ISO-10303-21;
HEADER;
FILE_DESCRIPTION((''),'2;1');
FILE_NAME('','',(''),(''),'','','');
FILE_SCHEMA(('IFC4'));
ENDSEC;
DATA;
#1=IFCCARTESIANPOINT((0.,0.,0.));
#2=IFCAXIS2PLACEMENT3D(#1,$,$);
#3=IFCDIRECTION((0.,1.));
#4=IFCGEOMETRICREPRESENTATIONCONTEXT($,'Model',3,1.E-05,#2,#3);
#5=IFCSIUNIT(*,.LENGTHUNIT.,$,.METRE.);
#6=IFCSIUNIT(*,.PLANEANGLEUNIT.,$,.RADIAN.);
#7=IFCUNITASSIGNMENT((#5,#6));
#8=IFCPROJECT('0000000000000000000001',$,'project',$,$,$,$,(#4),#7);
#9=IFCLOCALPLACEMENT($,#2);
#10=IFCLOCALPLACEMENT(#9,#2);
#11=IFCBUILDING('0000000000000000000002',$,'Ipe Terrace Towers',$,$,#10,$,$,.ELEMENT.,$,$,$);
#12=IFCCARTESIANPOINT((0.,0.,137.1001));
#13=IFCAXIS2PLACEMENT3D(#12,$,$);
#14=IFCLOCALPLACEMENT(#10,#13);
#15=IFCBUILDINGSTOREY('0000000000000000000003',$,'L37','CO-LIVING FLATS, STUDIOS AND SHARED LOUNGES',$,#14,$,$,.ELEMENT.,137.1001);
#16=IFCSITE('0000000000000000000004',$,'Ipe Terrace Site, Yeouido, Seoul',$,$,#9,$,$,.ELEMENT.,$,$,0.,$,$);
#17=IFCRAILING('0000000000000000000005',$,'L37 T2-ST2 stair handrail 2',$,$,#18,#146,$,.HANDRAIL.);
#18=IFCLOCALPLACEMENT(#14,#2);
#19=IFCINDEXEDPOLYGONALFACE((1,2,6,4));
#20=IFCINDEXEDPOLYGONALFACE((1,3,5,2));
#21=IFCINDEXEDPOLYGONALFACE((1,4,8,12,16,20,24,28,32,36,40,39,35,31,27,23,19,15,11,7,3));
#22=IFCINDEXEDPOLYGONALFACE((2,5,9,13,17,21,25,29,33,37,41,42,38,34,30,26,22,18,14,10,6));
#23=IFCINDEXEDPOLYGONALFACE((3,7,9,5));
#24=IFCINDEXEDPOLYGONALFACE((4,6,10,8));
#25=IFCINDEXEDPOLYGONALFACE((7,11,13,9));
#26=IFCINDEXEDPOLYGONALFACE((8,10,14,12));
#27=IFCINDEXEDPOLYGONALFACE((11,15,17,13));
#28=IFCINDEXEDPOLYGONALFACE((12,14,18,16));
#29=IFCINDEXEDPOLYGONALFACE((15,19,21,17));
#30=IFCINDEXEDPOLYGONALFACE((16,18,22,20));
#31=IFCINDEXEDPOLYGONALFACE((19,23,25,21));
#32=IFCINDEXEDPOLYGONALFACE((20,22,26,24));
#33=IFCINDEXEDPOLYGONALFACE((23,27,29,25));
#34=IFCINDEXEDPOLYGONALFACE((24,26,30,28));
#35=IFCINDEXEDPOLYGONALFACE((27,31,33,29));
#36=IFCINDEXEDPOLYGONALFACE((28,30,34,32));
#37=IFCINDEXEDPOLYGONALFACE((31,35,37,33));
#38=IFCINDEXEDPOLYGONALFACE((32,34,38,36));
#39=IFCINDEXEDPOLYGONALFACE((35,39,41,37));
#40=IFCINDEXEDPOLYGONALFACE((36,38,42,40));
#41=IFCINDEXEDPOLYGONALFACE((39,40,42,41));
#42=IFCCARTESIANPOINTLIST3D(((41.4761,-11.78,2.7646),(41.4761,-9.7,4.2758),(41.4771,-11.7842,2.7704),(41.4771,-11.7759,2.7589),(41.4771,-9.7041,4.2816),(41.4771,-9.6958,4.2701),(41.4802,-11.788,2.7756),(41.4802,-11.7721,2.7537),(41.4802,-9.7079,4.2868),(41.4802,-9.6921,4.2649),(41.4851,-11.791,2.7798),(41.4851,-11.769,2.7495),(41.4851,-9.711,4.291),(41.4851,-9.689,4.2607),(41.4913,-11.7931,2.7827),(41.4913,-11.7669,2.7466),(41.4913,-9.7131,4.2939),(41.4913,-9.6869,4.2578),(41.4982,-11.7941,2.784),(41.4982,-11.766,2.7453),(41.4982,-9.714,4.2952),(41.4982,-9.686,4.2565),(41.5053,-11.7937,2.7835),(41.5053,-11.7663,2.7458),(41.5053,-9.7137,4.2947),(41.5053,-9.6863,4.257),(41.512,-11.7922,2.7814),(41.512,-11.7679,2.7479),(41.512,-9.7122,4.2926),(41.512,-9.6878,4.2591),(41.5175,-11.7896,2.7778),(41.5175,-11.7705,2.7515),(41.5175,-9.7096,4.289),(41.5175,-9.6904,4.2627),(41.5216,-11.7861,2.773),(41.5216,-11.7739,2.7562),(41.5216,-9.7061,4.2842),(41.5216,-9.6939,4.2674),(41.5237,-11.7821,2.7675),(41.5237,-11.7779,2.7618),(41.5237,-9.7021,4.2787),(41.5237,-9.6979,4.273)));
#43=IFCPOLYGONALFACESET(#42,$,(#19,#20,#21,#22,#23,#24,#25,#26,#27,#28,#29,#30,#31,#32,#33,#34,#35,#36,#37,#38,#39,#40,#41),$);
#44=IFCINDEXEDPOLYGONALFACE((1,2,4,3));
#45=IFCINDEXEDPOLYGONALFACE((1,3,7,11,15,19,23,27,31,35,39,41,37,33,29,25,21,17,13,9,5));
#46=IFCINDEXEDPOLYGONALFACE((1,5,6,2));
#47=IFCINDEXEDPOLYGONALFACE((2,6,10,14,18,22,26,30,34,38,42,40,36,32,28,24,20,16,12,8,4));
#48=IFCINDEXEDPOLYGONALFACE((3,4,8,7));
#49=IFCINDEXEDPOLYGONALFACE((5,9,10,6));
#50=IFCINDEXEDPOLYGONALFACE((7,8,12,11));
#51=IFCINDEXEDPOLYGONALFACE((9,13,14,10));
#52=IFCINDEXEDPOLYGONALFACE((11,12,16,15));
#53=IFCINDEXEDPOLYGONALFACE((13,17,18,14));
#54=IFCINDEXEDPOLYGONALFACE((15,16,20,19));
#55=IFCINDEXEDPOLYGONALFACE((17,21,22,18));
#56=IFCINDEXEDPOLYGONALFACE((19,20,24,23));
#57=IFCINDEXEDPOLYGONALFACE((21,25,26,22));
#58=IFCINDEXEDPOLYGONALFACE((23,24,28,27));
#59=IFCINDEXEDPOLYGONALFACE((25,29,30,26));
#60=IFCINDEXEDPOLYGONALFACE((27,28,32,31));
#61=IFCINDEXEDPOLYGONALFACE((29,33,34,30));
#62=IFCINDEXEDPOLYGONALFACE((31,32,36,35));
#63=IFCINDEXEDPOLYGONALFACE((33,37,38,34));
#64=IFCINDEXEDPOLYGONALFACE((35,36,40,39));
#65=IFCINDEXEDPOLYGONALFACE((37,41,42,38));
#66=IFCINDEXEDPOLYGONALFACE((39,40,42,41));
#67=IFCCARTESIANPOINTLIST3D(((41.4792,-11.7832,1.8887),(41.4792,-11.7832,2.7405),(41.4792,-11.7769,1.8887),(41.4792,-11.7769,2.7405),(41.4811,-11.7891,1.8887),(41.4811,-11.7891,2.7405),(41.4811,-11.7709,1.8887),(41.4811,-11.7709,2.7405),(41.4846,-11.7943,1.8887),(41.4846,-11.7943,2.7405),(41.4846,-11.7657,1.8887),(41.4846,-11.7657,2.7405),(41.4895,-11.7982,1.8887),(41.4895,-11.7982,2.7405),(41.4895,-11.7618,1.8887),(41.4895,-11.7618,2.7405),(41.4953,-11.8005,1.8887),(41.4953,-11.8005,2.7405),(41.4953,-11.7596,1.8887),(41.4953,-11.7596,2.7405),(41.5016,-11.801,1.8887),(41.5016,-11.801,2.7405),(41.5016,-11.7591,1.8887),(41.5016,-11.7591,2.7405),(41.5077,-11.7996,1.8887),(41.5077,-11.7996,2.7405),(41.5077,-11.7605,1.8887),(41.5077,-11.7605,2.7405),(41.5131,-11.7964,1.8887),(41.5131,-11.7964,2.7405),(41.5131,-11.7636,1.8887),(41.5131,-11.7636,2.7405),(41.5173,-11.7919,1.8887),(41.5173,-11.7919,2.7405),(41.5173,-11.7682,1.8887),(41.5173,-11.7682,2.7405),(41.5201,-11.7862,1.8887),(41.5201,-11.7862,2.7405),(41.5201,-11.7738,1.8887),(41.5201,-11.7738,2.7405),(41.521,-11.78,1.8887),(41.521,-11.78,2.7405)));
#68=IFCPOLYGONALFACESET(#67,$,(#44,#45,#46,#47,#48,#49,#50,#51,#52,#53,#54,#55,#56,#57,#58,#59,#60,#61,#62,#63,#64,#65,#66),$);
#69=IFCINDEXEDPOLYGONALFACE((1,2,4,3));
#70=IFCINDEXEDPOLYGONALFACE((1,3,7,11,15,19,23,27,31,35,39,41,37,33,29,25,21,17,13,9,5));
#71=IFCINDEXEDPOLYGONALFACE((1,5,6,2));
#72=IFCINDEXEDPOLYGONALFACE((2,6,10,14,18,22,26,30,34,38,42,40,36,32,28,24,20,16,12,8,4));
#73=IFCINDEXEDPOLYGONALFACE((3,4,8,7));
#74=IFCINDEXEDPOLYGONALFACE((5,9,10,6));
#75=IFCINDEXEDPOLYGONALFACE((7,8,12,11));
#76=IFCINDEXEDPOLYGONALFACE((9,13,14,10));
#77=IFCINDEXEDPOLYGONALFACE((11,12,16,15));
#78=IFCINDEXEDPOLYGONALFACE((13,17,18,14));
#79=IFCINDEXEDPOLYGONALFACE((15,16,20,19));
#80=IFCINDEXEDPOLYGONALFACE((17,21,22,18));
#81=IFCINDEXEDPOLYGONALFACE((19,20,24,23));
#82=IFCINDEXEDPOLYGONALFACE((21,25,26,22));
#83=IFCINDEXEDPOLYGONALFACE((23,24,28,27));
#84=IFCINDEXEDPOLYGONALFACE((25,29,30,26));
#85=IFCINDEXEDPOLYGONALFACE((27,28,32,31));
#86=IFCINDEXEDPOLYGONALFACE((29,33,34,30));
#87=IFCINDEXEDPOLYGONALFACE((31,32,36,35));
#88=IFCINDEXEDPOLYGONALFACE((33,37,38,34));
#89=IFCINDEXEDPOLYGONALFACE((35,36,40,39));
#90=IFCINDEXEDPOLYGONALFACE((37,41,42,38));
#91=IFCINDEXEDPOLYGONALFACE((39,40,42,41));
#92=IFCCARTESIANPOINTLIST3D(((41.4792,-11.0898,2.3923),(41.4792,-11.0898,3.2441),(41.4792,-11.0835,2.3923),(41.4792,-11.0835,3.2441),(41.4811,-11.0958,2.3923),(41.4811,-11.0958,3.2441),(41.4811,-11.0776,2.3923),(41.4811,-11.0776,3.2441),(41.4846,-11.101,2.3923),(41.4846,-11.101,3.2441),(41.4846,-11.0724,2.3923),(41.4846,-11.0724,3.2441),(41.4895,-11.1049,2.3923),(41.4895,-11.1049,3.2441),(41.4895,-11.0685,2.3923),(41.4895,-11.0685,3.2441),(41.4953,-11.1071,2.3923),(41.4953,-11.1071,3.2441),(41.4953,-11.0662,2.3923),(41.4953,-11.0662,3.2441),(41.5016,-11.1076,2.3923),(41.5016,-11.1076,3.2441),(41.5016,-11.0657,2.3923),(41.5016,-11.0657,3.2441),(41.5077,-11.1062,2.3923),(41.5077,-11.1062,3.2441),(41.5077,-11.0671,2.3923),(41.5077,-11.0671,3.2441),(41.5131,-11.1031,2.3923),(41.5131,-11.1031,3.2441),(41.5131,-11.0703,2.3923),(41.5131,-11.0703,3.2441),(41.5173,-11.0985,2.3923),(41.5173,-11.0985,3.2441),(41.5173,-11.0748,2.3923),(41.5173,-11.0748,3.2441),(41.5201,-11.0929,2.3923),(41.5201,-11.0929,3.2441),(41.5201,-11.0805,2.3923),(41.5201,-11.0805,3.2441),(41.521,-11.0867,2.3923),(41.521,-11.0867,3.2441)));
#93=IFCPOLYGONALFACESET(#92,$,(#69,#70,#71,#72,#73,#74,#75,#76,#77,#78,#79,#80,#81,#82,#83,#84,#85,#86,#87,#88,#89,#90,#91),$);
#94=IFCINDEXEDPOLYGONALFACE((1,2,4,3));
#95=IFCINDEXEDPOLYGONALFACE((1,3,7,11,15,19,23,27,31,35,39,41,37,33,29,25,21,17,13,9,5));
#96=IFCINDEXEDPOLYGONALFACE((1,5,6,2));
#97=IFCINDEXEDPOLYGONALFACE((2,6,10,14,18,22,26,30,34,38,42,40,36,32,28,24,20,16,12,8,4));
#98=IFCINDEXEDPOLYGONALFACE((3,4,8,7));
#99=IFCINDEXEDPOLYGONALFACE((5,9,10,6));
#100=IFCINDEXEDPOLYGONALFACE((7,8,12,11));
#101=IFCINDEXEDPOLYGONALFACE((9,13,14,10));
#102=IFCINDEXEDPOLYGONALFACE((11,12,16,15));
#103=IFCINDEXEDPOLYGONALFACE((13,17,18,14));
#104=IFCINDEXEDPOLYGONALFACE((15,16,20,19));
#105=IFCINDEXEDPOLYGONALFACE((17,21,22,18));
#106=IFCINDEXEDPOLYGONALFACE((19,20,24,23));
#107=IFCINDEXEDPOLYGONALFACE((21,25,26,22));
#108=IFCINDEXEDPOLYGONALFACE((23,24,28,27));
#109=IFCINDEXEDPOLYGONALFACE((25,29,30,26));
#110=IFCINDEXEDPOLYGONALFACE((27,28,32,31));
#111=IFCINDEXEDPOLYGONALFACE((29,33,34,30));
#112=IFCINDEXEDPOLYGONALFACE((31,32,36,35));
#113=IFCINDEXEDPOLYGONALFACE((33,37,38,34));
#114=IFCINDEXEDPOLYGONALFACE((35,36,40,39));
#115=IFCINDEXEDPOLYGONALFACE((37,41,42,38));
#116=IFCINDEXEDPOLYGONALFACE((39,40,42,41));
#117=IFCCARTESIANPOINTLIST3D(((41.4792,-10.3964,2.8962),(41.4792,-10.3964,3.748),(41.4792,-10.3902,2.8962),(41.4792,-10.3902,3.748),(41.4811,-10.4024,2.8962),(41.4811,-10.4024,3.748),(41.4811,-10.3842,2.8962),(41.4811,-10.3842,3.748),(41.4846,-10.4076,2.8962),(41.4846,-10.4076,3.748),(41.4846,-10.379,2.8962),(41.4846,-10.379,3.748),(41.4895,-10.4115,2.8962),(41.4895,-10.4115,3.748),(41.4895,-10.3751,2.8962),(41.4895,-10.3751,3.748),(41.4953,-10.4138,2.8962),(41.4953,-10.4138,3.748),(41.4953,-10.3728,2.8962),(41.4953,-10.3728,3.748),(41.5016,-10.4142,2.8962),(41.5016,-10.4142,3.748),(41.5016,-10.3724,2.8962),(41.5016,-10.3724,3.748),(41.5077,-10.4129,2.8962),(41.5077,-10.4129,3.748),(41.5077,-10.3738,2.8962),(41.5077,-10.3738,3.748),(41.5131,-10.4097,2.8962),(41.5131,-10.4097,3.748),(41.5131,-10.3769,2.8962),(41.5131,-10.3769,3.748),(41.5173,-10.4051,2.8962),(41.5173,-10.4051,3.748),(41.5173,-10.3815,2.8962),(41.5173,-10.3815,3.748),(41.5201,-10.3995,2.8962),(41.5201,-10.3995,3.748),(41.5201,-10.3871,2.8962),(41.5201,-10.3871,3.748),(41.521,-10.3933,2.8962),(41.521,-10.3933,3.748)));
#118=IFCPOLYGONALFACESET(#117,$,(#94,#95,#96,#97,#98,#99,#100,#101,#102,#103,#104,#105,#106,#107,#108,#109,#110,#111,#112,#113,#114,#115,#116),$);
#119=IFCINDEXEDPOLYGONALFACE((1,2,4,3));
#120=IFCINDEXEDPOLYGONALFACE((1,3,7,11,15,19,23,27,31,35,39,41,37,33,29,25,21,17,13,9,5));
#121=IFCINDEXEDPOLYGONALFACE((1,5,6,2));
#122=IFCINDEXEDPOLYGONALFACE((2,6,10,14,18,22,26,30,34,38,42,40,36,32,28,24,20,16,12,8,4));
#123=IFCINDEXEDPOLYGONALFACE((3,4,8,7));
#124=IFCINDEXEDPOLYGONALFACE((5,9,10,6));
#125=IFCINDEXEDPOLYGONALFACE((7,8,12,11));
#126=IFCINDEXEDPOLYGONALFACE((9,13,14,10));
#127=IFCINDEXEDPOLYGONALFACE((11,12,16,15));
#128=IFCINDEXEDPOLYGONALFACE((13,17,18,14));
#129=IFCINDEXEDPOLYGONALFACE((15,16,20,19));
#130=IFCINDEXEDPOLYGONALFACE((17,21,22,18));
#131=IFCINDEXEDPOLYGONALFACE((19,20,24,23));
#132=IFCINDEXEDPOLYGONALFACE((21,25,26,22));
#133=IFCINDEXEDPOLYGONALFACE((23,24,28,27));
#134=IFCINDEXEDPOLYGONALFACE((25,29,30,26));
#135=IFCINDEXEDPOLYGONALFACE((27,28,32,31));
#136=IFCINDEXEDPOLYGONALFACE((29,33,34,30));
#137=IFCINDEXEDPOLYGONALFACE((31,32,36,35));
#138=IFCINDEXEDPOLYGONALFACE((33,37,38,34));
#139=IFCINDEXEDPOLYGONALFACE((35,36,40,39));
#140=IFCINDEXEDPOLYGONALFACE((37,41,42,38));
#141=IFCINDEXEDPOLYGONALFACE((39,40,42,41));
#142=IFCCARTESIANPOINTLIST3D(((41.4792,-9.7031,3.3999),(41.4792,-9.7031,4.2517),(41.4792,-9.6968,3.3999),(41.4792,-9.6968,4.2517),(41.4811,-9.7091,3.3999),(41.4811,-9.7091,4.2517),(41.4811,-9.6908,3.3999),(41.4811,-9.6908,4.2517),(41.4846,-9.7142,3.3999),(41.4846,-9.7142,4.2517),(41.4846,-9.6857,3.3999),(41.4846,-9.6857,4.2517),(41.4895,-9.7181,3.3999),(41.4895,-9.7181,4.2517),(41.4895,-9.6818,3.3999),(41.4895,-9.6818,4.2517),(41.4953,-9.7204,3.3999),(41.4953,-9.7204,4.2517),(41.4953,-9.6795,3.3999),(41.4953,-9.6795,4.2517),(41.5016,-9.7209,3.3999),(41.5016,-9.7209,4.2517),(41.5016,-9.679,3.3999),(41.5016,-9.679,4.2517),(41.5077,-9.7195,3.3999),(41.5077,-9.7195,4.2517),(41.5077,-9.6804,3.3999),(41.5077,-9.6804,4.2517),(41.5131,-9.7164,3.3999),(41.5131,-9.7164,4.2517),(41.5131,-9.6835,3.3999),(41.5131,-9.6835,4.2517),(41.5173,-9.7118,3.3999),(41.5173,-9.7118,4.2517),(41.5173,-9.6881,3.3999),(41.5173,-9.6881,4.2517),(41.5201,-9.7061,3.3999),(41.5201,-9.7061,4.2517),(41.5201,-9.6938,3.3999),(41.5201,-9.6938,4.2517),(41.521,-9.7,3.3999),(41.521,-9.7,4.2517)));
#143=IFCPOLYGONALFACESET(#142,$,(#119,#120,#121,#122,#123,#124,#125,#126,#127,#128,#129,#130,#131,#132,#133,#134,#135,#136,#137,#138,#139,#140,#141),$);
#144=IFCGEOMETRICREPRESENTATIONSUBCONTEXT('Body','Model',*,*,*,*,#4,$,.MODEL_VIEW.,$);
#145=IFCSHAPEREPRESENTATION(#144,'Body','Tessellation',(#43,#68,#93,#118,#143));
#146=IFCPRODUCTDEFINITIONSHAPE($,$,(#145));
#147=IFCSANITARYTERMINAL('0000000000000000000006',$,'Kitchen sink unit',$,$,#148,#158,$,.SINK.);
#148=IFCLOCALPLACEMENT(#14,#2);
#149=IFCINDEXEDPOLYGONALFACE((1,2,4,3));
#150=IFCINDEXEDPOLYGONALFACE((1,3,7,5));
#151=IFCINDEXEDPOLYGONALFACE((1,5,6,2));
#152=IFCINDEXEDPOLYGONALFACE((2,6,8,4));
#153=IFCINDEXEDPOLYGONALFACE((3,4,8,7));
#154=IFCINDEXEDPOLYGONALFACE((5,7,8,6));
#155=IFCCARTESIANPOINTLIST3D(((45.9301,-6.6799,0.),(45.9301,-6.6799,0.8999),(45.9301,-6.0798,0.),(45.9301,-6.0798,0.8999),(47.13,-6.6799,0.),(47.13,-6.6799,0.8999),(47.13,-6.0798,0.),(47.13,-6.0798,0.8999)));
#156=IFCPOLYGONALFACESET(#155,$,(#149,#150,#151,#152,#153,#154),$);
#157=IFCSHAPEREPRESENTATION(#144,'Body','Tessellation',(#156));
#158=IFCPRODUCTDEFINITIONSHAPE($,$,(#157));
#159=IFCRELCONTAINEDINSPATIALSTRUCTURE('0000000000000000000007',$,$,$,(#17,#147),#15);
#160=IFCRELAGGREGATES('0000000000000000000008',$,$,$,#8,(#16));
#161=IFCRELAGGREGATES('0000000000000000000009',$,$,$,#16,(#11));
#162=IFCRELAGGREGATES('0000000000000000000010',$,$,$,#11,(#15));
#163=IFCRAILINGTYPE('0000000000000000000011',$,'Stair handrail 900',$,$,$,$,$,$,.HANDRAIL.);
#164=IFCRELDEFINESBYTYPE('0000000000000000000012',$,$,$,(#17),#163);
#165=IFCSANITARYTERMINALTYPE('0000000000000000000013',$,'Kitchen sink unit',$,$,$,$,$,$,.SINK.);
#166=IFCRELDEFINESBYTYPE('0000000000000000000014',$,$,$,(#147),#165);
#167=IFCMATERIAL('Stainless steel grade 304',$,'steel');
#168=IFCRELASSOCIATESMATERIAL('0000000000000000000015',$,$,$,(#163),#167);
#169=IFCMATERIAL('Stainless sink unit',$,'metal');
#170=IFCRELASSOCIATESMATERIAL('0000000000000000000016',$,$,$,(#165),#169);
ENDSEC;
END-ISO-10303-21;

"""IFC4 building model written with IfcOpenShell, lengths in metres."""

from ifc_helpers import new_model, si_unit, direction, frame, origin, origin_2d, place, context, subcontext, project, spatial, rectangle, circle, extrude, material, type_object, element, save


model = new_model("IFC4")

# Units and contexts
model_context = context("Model", 3, precision=1e-05, world=origin(), true_north=direction((0.0, 1.0)))
body_context = subcontext(model_context, "Body", "Model", "MODEL_VIEW")
ifc_project = project(units=[si_unit("LENGTHUNIT", "METRE"), si_unit("PLANEANGLEUNIT", "RADIAN")], contexts=[model_context])

# Site, building, storey
site_placement = place(None, origin())
site = spatial("IfcSite", under=ifc_project, at=site_placement, Name="Ipe Terrace Site, Yeouido, Seoul", CompositionType="ELEMENT", RefElevation=0.0)
building_placement = place(site_placement, origin())
building = spatial("IfcBuilding", under=site, at=building_placement, Name="Ipe Terrace Towers", CompositionType="ELEMENT")
storey_placement = place(building_placement, frame((0.0, 0.0, 137.1001)))
storey = spatial("IfcBuildingStorey", under=building, at=storey_placement, Name="L37", Description="CO-LIVING FLATS, STUDIOS AND SHARED LOUNGES", CompositionType="ELEMENT", Elevation=137.1001)

# Railing
ifc_material_1 = material(Name="Stainless steel grade 304", Category="steel")
railing_type = type_object("IfcRailingType", Name="Stair handrail 900", PredefinedType="HANDRAIL", material=ifc_material_1)
railing_placement = place(storey_placement, frame((41.5, -11.78, 1.8887)))
element("IfcRailing", 1, at=railing_placement, inside=storey, type_object=railing_type, Name="L37 T2-ST2 stair handrail 2", PredefinedType="HANDRAIL", context=body_context, shape_type="SweptSolid", body=[
    extrude(circle(Radius=0.0239, at=origin_2d()), frame((0.0, 0.0, 0.876), z_axis=(0.0, 0.809023, 0.587776), x_axis=(-1.0, 0.0, 0.0)), (0.0, 0.0, 1.0), 2.571),
    extrude(circle(Radius=0.021, at=origin_2d()), origin(), (0.0, 0.0, 1.0), 0.8518),
    extrude(circle(Radius=0.021, at=origin_2d()), frame((0.0, 0.6934, 0.5037)), (0.0, 0.0, 1.0), 0.8518),
    extrude(circle(Radius=0.021, at=origin_2d()), frame((0.0, 1.3867, 1.0076)), (0.0, 0.0, 1.0), 0.8518),
    extrude(circle(Radius=0.021, at=origin_2d()), frame((0.0, 2.0801, 1.5112)), (0.0, 0.0, 1.0), 0.8518),
])

# Sanitary terminal
ifc_material_2 = material(Name="Stainless sink unit", Category="metal")
sanitary_terminal_type = type_object("IfcSanitaryTerminalType", Name="Kitchen sink unit", PredefinedType="SINK", material=ifc_material_2)
sanitary_terminal_placement = place(storey_placement, frame((46.53, -6.3799, 0.0), z_axis=(0.0, 0.0, 1.0), x_axis=(-1.0, 0.0, 0.0)))
element("IfcSanitaryTerminal", 2, at=sanitary_terminal_placement, inside=storey, type_object=sanitary_terminal_type, Name="Kitchen sink unit", PredefinedType="SINK", context=body_context, shape_type="SweptSolid", body=[
    extrude(rectangle(XDim=1.2, YDim=0.6001, at=origin_2d()), origin(), (0.0, 0.0, 1.0), 0.8999),
])

save(model, "model.ifc")
